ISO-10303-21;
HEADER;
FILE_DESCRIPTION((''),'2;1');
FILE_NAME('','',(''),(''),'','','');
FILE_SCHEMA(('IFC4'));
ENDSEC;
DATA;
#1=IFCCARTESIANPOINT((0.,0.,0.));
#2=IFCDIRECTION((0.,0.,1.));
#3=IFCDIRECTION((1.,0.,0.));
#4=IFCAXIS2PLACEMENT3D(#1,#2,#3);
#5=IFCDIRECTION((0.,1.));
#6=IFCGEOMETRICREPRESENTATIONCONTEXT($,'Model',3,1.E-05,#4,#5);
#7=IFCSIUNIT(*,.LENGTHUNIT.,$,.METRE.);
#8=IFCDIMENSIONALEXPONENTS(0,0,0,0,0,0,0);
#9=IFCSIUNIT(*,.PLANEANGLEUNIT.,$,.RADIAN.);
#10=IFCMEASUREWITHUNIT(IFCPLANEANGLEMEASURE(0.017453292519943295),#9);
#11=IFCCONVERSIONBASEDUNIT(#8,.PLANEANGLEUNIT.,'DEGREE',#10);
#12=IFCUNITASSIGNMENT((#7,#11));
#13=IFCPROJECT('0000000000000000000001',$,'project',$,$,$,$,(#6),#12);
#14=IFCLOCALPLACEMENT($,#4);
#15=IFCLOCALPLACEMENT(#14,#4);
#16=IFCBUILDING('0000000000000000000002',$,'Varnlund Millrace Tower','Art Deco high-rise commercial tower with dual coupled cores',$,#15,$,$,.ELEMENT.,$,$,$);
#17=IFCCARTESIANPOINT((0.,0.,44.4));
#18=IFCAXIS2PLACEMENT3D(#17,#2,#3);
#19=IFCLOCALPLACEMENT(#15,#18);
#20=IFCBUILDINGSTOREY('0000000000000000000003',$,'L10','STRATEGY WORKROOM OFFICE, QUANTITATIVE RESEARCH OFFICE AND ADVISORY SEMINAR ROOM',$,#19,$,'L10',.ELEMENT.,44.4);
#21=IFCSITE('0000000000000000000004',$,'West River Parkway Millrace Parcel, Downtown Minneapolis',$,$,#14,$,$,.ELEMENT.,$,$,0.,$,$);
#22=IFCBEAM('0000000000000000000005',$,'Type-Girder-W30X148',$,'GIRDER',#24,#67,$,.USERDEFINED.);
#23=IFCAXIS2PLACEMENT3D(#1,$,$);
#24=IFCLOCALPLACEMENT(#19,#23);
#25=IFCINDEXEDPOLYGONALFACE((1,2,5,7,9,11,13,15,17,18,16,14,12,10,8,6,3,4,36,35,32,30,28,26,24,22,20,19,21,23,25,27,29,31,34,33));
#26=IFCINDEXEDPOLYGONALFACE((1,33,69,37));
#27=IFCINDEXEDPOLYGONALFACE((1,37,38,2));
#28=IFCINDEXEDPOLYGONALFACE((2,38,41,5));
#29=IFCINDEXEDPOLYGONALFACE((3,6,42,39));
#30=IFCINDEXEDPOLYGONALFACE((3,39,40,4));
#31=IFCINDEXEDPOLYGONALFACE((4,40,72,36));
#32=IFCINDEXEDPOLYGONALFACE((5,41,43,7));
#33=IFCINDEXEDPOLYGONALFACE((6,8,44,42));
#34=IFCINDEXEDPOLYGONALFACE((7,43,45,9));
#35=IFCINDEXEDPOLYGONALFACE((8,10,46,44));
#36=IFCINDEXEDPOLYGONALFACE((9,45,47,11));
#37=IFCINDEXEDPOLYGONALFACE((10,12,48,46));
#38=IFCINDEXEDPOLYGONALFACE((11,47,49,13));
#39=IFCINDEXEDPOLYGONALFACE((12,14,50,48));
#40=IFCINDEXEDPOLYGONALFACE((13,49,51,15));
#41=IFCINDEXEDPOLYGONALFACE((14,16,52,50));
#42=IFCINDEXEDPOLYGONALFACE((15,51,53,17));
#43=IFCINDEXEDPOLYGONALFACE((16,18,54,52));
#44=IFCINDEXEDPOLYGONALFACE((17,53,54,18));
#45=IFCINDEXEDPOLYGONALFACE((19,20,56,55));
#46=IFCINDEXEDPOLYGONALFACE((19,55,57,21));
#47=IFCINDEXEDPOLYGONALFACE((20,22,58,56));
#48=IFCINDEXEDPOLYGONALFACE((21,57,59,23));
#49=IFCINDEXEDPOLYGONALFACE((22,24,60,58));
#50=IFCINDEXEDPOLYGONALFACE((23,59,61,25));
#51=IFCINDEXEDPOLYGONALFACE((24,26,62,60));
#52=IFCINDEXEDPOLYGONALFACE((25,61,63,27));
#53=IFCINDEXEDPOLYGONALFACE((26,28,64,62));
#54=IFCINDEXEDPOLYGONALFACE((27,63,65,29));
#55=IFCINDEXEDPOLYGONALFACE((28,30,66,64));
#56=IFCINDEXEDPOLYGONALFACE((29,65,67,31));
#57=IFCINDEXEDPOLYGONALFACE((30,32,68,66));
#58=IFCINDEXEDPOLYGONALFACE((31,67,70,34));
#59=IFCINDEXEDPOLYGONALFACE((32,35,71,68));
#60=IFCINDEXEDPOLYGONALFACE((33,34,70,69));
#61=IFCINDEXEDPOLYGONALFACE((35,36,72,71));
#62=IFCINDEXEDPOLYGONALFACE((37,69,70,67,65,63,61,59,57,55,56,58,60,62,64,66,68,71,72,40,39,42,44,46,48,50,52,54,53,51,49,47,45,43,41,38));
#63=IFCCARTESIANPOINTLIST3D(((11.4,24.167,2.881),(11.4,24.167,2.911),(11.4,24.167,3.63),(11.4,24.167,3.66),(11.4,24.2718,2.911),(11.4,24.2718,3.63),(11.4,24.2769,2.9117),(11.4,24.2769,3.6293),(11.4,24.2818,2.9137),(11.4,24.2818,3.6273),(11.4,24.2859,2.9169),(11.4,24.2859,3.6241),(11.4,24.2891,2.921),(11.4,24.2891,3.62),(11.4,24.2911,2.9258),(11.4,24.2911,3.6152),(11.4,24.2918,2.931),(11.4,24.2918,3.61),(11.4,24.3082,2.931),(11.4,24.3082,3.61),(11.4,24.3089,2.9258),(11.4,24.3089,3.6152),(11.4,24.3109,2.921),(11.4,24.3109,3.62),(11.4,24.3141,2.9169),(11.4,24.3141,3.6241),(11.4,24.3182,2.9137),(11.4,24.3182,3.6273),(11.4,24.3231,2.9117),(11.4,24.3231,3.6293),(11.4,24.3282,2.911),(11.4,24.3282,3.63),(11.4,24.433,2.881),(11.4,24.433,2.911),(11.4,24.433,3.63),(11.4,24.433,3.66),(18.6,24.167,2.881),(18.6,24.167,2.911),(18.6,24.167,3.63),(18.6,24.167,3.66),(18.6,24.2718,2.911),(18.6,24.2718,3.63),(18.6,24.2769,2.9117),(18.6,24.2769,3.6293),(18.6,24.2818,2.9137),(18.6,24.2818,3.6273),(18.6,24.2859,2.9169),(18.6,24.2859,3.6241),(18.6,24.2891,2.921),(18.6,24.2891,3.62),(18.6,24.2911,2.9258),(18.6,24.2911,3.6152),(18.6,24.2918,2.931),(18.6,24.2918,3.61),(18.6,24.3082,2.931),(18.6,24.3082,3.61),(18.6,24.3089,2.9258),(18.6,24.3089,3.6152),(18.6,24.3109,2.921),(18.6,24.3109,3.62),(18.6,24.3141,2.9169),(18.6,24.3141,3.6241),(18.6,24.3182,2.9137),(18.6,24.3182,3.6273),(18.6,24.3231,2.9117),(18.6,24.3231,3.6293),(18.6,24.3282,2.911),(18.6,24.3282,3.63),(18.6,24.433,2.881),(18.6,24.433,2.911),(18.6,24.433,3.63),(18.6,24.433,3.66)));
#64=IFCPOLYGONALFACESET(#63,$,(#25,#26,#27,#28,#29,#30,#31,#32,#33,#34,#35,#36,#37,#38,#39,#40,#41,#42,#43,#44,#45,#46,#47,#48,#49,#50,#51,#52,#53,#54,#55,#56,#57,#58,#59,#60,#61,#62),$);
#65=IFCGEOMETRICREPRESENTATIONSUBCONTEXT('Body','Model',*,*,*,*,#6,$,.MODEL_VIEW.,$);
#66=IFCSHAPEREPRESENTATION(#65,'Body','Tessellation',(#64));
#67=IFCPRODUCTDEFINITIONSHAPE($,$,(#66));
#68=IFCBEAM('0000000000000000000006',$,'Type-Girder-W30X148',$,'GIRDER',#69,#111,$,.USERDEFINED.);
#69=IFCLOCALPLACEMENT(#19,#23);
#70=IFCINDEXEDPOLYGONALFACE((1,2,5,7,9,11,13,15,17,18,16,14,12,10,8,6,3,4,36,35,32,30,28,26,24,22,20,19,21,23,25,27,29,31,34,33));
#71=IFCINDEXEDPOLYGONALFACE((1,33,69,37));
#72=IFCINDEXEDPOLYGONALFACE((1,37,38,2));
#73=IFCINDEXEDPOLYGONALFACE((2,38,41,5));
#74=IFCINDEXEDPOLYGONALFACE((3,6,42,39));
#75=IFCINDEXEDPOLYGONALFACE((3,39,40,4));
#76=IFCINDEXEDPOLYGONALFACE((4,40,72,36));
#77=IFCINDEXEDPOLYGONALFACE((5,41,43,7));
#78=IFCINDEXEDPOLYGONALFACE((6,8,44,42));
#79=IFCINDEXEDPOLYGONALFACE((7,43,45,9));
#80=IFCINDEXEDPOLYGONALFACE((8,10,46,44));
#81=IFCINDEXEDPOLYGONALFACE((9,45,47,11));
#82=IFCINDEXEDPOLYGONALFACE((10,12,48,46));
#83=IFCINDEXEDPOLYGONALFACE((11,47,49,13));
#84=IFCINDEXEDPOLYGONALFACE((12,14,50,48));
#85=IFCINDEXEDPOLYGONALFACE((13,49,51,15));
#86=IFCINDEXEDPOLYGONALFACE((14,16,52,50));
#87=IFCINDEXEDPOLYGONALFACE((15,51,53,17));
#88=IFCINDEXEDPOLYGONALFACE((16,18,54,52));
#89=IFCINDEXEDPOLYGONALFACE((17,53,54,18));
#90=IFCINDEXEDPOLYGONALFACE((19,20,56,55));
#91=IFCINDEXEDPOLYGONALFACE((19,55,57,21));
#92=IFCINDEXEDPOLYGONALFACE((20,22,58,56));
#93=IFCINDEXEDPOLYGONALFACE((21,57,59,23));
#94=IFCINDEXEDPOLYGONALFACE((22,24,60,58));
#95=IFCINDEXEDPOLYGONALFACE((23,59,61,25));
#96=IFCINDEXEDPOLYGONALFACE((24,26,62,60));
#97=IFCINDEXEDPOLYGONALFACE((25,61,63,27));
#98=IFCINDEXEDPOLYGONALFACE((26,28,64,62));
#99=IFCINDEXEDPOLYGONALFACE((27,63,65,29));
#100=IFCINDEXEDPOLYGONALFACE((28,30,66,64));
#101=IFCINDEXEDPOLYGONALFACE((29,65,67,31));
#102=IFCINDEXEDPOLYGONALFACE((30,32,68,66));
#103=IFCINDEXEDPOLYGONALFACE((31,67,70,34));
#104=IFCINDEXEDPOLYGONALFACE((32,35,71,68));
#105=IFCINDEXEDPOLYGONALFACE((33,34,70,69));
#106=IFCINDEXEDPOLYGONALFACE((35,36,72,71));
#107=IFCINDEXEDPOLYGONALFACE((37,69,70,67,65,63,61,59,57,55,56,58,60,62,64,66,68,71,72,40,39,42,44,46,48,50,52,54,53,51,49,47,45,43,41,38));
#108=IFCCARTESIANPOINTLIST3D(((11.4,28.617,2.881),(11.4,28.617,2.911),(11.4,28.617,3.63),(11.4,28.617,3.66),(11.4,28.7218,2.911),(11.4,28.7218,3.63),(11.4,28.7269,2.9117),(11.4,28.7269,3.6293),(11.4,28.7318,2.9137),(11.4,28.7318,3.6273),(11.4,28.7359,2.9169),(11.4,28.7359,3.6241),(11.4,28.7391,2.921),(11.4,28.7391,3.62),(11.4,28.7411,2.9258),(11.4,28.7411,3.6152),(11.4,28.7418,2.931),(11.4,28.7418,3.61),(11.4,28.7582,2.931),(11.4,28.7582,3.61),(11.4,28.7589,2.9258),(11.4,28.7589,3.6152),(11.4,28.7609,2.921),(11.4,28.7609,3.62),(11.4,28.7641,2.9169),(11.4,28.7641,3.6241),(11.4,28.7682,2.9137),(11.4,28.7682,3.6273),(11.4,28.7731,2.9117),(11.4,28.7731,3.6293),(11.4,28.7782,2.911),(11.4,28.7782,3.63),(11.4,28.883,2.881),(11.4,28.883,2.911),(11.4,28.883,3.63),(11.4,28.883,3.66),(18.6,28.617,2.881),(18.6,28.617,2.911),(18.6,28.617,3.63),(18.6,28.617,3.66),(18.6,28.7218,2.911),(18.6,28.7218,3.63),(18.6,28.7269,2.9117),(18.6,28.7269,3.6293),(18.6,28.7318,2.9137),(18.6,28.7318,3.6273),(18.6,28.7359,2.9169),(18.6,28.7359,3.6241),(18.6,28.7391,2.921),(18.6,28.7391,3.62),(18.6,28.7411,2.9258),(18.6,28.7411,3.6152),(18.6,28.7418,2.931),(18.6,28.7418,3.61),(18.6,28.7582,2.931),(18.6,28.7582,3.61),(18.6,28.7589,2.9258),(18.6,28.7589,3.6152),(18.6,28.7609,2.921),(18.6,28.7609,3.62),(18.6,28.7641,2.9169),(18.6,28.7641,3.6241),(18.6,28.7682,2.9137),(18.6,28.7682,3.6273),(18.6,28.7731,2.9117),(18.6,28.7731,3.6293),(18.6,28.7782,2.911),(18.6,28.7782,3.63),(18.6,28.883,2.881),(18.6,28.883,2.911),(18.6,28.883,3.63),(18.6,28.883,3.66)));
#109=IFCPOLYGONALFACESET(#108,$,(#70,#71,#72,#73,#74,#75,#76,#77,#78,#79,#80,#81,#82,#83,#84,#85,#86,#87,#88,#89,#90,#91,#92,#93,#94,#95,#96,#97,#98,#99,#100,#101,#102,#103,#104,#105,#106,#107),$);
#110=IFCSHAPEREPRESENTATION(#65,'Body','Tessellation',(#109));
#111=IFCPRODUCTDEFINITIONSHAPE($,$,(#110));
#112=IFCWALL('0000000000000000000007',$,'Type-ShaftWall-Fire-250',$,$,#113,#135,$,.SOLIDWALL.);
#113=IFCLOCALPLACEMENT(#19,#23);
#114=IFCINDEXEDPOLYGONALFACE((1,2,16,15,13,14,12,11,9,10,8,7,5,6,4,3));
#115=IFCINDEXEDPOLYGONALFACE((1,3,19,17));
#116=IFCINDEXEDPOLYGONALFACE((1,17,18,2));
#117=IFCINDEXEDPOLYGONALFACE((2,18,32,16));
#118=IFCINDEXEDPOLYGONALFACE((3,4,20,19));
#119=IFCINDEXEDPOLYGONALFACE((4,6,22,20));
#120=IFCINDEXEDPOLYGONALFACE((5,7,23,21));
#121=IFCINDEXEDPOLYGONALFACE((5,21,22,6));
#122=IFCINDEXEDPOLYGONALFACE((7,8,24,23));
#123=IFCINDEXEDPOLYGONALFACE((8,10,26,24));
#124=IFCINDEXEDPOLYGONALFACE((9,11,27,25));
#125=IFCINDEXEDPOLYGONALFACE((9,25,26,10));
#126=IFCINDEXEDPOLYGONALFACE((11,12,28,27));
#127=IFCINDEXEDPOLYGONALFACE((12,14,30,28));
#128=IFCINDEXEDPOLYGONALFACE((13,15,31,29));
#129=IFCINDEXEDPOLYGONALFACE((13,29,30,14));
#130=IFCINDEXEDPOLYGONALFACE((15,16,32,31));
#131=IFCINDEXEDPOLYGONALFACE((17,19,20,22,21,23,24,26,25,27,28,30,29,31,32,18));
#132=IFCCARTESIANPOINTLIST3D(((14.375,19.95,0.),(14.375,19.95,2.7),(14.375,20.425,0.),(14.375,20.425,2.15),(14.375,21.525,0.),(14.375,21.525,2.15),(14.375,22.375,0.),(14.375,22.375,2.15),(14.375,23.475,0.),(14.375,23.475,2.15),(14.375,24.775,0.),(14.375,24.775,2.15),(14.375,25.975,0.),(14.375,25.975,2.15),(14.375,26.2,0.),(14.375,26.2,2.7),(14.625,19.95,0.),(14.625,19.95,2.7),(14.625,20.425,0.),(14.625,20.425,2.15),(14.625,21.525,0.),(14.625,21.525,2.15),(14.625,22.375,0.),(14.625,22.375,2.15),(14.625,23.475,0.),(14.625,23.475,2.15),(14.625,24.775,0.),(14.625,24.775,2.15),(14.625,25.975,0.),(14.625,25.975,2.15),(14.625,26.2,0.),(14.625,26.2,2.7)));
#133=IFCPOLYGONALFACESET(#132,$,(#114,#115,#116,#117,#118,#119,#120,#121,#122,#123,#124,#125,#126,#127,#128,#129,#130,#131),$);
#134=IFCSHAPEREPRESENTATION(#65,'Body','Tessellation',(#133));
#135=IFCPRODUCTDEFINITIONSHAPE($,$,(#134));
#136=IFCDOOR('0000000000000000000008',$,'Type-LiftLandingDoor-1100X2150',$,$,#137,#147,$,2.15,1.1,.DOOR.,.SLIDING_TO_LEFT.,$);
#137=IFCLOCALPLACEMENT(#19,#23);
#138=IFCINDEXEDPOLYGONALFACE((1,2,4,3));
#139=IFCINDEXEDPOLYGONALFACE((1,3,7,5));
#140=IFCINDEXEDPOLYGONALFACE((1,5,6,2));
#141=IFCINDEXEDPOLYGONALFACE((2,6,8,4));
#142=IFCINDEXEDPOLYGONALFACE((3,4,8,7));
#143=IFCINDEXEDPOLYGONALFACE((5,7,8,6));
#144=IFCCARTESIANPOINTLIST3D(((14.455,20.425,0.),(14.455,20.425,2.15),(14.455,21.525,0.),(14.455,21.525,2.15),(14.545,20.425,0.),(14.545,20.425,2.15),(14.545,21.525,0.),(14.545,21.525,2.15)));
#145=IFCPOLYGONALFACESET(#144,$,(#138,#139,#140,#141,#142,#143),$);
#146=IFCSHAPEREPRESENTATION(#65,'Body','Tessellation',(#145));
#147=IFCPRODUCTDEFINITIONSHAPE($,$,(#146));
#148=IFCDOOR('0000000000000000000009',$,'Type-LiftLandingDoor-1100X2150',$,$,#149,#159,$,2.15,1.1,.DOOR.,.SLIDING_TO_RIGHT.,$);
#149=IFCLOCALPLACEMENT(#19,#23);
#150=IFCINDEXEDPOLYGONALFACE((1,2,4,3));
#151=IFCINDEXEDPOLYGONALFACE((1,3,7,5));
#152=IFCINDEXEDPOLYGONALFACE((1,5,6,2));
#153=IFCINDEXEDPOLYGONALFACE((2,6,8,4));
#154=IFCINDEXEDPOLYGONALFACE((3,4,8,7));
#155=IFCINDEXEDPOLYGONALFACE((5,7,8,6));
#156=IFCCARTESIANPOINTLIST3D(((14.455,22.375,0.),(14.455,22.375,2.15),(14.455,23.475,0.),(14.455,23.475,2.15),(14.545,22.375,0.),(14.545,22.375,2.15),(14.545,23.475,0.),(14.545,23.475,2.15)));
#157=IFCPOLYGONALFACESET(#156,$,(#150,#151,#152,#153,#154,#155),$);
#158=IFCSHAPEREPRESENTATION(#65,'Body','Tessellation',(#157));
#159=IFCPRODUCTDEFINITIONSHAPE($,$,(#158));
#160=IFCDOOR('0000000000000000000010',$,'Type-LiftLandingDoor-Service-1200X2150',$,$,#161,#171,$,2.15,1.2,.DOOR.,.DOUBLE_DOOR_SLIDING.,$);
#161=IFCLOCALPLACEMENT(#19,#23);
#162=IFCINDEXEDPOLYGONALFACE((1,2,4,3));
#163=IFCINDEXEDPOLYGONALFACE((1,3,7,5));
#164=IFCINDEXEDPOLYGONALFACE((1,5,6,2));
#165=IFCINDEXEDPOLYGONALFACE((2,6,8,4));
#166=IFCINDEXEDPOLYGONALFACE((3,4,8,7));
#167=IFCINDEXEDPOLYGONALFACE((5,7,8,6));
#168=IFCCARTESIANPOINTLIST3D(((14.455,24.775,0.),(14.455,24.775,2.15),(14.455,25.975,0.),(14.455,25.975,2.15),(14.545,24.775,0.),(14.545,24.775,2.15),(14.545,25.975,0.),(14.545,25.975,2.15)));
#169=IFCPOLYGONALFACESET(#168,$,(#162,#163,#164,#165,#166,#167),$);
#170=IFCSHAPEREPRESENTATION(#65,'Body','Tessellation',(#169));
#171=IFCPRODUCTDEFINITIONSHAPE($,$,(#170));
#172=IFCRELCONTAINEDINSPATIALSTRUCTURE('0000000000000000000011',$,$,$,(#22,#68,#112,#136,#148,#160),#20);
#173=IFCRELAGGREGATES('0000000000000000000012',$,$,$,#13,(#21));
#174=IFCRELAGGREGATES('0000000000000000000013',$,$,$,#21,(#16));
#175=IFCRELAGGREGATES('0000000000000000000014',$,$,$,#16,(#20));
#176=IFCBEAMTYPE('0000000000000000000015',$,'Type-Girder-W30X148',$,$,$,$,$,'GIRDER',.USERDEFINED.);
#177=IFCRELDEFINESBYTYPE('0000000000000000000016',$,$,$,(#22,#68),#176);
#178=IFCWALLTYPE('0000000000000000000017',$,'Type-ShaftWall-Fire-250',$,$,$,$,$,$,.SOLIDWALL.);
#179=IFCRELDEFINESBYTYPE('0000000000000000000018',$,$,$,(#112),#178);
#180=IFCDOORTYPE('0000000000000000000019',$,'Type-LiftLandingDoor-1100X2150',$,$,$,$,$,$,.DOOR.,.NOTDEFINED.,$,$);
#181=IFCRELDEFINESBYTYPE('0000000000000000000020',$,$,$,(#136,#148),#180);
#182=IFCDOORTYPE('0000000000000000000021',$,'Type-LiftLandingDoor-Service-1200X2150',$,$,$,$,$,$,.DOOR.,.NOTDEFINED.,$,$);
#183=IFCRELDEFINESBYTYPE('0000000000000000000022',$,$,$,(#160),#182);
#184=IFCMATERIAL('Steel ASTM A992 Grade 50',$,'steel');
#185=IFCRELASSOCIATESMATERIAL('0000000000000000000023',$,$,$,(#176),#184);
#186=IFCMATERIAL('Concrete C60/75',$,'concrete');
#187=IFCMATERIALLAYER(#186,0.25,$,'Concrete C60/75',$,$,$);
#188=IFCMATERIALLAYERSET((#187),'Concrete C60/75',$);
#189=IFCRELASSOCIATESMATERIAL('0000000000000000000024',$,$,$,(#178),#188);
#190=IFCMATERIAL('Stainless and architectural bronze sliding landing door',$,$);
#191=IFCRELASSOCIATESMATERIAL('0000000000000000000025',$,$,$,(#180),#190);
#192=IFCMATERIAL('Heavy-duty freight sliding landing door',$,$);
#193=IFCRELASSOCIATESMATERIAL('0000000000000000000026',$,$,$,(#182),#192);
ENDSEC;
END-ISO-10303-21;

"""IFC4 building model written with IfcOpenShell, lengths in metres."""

from ifc_helpers import new_model, entity, si_unit, converted_unit, direction, frame, origin_with_axes, origin_2d_with_axis, place, context, subcontext, project, spatial, polyline, rectangle, i_section, outline, extrude, material, layer, layer_set, material_profile, profile_set, type_object, element, fill, save


model = new_model("IFC4")

# Units and contexts
model_context = context("Model", 3, precision=1e-05, world=origin_with_axes(), true_north=direction((0.0, 1.0)))
body_context = subcontext(model_context, "Body", "Model", "MODEL_VIEW")
ifc_project = project(units=[si_unit("LENGTHUNIT", "METRE"), converted_unit("PLANEANGLEUNIT", "DEGREE", entity("IfcPlaneAngleMeasure", 0.017453292519943295), si_unit("PLANEANGLEUNIT", "RADIAN"), dimensions=[0, 0, 0, 0, 0, 0, 0])], contexts=[model_context])

# Site, building, storey
site_placement = place(None, origin_with_axes())
site = spatial("IfcSite", under=ifc_project, at=site_placement, Name="West River Parkway Millrace Parcel, Downtown Minneapolis", CompositionType="ELEMENT", RefElevation=0.0)
building_placement = place(site_placement, origin_with_axes())
building = spatial("IfcBuilding", under=site, at=building_placement, Name="Varnlund Millrace Tower", Description="Art Deco high-rise commercial tower with dual coupled cores", CompositionType="ELEMENT")
storey_placement = place(building_placement, frame((0.0, 0.0, 44.4), z_axis=(0.0, 0.0, 1.0), x_axis=(1.0, 0.0, 0.0)))
storey = spatial("IfcBuildingStorey", under=building, at=storey_placement, Name="L10", Description="STRATEGY WORKROOM OFFICE, QUANTITATIVE RESEARCH OFFICE AND ADVISORY SEMINAR ROOM", LongName="L10", CompositionType="ELEMENT", Elevation=44.4)

# Beams
ifc_material_1 = material(Name="Steel ASTM A992 Grade 50", Category="steel")
ifc_material_profile_1 = material_profile(ifc_material_1, i_section(OverallWidth=0.266, OverallDepth=0.779, WebThickness=0.0165, FlangeThickness=0.03, FilletRadius=0.02, at=origin_2d_with_axis()), Name="Steel ASTM A992 Grade 50")
ifc_profile_set_1 = profile_set([ifc_material_profile_1], Name="Steel ASTM A992 Grade 50")
beam_type_1 = type_object("IfcBeamType", Name="Type-Girder-W30X148", ElementType="GIRDER", PredefinedType="USERDEFINED", material=ifc_profile_set_1)
for number, where, z_axis, x_axis, name in (
    (1, (11.4, 24.3, 3.2705), (1.0, 0.0, 0.0), (0.0, 1.0, 0.0), "Type-Girder-W30X148"),
    (2, (11.4, 28.75, 3.2705), (1.0, 0.0, 0.0), (0.0, 1.0, 0.0), "Type-Girder-W30X148"),
):
    element("IfcBeam", number, at=place(storey_placement, frame(where, z_axis=z_axis, x_axis=x_axis)), inside=storey, type_object=beam_type_1, Name=name, ObjectType="GIRDER", PredefinedType="USERDEFINED", context=body_context, shape_type="SweptSolid", body=[
        extrude(i_section(OverallWidth=0.266, OverallDepth=0.779, WebThickness=0.0165, FlangeThickness=0.03, FilletRadius=0.02, at=origin_2d_with_axis()), origin_with_axes(), (0.0, 0.0, 1.0), 7.2),
    ])

# Wall, openings, doors
ifc_material_2 = material(Name="Concrete C60/75", Category="concrete")
ifc_layer = layer(ifc_material_2, 0.25, Name="Concrete C60/75")
ifc_layer_set = layer_set([ifc_layer], Name="Concrete C60/75")
wall_type_1 = type_object("IfcWallType", Name="Type-ShaftWall-Fire-250", PredefinedType="SOLIDWALL", material=ifc_layer_set)
wall_1_placement = place(storey_placement, frame((14.5, 19.95, 0.0), z_axis=(0.0, 0.0, 1.0), x_axis=(0.0, 1.0, 0.0)))
wall_1 = element("IfcWall", 3, at=wall_1_placement, inside=storey, type_object=wall_type_1, Name="Type-ShaftWall-Fire-250", PredefinedType="SOLIDWALL", context=body_context, shape_type="SweptSolid", body=[
    extrude(outline(polyline([(0.0, -0.125), (6.25, -0.125), (6.25, 0.125), (0.0, 0.125), (0.0, -0.125)])), origin_with_axes(), (0.0, 0.0, 1.0), 2.7),
])
opening_1_placement = place(wall_1_placement, frame((1.025, 0.0, 0.0), z_axis=(0.0, 0.0, 1.0), x_axis=(1.0, 0.0, 0.0)))
opening_1 = element("IfcOpeningElement", 4, at=opening_1_placement, cuts=wall_1, PredefinedType="OPENING", context=body_context, shape_type="SweptSolid", body=[
    extrude(rectangle(XDim=1.1, YDim=0.27, at=origin_2d_with_axis()), origin_with_axes(), (0.0, 0.0, 1.0), 2.15),
])
opening_2_placement = place(wall_1_placement, frame((2.975, 0.0, 0.0), z_axis=(0.0, 0.0, 1.0), x_axis=(1.0, 0.0, 0.0)))
opening_2 = element("IfcOpeningElement", 5, at=opening_2_placement, cuts=wall_1, PredefinedType="OPENING", context=body_context, shape_type="SweptSolid", body=[
    extrude(rectangle(XDim=1.1, YDim=0.27, at=origin_2d_with_axis()), origin_with_axes(), (0.0, 0.0, 1.0), 2.15),
])
opening_3_placement = place(wall_1_placement, frame((5.425, 0.0, 0.0), z_axis=(0.0, 0.0, 1.0), x_axis=(1.0, 0.0, 0.0)))
opening_3 = element("IfcOpeningElement", 6, at=opening_3_placement, cuts=wall_1, PredefinedType="OPENING", context=body_context, shape_type="SweptSolid", body=[
    extrude(rectangle(XDim=1.2, YDim=0.27, at=origin_2d_with_axis()), origin_with_axes(), (0.0, 0.0, 1.0), 2.15),
])
ifc_material_3 = material(Name="Stainless and architectural bronze sliding landing door")
door_type_1 = type_object("IfcDoorType", Name="Type-LiftLandingDoor-1100X2150", OperationType="NOTDEFINED", PredefinedType="DOOR", material=ifc_material_3)
door_1_placement = place(wall_1_placement, frame((1.025, 0.0, 0.0), z_axis=(0.0, 0.0, 1.0), x_axis=(1.0, 0.0, 0.0)))
door_1 = element("IfcDoor", 7, at=door_1_placement, inside=storey, type_object=door_type_1, Name="Type-LiftLandingDoor-1100X2150", OperationType="SLIDING_TO_LEFT", OverallHeight=2.15, OverallWidth=1.1, PredefinedType="DOOR", context=body_context, shape_type="SweptSolid", body=[
    extrude(rectangle(XDim=1.1, YDim=0.09, at=origin_2d_with_axis()), origin_with_axes(), (0.0, 0.0, 1.0), 2.15),
])
fill(opening_1, door_1)
door_2_placement = place(wall_1_placement, frame((2.975, 0.0, 0.0), z_axis=(0.0, 0.0, 1.0), x_axis=(1.0, 0.0, 0.0)))
door_2 = element("IfcDoor", 8, at=door_2_placement, inside=storey, type_object=door_type_1, Name="Type-LiftLandingDoor-1100X2150", OperationType="SLIDING_TO_RIGHT", OverallHeight=2.15, OverallWidth=1.1, PredefinedType="DOOR", context=body_context, shape_type="SweptSolid", body=[
    extrude(rectangle(XDim=1.1, YDim=0.09, at=origin_2d_with_axis()), origin_with_axes(), (0.0, 0.0, 1.0), 2.15),
])
fill(opening_2, door_2)
ifc_material_4 = material(Name="Heavy-duty freight sliding landing door")
door_type_2 = type_object("IfcDoorType", Name="Type-LiftLandingDoor-Service-1200X2150", OperationType="NOTDEFINED", PredefinedType="DOOR", material=ifc_material_4)
door_3_placement = place(wall_1_placement, frame((5.425, 0.0, 0.0), z_axis=(0.0, 0.0, 1.0), x_axis=(1.0, 0.0, 0.0)))
door_3 = element("IfcDoor", 9, at=door_3_placement, inside=storey, type_object=door_type_2, Name="Type-LiftLandingDoor-Service-1200X2150", OperationType="DOUBLE_DOOR_SLIDING", OverallHeight=2.15, OverallWidth=1.2, PredefinedType="DOOR", context=body_context, shape_type="SweptSolid", body=[
    extrude(rectangle(XDim=1.2, YDim=0.09, at=origin_2d_with_axis()), origin_with_axes(), (0.0, 0.0, 1.0), 2.15),
])
fill(opening_3, door_3)

save(model, "model.ifc")
